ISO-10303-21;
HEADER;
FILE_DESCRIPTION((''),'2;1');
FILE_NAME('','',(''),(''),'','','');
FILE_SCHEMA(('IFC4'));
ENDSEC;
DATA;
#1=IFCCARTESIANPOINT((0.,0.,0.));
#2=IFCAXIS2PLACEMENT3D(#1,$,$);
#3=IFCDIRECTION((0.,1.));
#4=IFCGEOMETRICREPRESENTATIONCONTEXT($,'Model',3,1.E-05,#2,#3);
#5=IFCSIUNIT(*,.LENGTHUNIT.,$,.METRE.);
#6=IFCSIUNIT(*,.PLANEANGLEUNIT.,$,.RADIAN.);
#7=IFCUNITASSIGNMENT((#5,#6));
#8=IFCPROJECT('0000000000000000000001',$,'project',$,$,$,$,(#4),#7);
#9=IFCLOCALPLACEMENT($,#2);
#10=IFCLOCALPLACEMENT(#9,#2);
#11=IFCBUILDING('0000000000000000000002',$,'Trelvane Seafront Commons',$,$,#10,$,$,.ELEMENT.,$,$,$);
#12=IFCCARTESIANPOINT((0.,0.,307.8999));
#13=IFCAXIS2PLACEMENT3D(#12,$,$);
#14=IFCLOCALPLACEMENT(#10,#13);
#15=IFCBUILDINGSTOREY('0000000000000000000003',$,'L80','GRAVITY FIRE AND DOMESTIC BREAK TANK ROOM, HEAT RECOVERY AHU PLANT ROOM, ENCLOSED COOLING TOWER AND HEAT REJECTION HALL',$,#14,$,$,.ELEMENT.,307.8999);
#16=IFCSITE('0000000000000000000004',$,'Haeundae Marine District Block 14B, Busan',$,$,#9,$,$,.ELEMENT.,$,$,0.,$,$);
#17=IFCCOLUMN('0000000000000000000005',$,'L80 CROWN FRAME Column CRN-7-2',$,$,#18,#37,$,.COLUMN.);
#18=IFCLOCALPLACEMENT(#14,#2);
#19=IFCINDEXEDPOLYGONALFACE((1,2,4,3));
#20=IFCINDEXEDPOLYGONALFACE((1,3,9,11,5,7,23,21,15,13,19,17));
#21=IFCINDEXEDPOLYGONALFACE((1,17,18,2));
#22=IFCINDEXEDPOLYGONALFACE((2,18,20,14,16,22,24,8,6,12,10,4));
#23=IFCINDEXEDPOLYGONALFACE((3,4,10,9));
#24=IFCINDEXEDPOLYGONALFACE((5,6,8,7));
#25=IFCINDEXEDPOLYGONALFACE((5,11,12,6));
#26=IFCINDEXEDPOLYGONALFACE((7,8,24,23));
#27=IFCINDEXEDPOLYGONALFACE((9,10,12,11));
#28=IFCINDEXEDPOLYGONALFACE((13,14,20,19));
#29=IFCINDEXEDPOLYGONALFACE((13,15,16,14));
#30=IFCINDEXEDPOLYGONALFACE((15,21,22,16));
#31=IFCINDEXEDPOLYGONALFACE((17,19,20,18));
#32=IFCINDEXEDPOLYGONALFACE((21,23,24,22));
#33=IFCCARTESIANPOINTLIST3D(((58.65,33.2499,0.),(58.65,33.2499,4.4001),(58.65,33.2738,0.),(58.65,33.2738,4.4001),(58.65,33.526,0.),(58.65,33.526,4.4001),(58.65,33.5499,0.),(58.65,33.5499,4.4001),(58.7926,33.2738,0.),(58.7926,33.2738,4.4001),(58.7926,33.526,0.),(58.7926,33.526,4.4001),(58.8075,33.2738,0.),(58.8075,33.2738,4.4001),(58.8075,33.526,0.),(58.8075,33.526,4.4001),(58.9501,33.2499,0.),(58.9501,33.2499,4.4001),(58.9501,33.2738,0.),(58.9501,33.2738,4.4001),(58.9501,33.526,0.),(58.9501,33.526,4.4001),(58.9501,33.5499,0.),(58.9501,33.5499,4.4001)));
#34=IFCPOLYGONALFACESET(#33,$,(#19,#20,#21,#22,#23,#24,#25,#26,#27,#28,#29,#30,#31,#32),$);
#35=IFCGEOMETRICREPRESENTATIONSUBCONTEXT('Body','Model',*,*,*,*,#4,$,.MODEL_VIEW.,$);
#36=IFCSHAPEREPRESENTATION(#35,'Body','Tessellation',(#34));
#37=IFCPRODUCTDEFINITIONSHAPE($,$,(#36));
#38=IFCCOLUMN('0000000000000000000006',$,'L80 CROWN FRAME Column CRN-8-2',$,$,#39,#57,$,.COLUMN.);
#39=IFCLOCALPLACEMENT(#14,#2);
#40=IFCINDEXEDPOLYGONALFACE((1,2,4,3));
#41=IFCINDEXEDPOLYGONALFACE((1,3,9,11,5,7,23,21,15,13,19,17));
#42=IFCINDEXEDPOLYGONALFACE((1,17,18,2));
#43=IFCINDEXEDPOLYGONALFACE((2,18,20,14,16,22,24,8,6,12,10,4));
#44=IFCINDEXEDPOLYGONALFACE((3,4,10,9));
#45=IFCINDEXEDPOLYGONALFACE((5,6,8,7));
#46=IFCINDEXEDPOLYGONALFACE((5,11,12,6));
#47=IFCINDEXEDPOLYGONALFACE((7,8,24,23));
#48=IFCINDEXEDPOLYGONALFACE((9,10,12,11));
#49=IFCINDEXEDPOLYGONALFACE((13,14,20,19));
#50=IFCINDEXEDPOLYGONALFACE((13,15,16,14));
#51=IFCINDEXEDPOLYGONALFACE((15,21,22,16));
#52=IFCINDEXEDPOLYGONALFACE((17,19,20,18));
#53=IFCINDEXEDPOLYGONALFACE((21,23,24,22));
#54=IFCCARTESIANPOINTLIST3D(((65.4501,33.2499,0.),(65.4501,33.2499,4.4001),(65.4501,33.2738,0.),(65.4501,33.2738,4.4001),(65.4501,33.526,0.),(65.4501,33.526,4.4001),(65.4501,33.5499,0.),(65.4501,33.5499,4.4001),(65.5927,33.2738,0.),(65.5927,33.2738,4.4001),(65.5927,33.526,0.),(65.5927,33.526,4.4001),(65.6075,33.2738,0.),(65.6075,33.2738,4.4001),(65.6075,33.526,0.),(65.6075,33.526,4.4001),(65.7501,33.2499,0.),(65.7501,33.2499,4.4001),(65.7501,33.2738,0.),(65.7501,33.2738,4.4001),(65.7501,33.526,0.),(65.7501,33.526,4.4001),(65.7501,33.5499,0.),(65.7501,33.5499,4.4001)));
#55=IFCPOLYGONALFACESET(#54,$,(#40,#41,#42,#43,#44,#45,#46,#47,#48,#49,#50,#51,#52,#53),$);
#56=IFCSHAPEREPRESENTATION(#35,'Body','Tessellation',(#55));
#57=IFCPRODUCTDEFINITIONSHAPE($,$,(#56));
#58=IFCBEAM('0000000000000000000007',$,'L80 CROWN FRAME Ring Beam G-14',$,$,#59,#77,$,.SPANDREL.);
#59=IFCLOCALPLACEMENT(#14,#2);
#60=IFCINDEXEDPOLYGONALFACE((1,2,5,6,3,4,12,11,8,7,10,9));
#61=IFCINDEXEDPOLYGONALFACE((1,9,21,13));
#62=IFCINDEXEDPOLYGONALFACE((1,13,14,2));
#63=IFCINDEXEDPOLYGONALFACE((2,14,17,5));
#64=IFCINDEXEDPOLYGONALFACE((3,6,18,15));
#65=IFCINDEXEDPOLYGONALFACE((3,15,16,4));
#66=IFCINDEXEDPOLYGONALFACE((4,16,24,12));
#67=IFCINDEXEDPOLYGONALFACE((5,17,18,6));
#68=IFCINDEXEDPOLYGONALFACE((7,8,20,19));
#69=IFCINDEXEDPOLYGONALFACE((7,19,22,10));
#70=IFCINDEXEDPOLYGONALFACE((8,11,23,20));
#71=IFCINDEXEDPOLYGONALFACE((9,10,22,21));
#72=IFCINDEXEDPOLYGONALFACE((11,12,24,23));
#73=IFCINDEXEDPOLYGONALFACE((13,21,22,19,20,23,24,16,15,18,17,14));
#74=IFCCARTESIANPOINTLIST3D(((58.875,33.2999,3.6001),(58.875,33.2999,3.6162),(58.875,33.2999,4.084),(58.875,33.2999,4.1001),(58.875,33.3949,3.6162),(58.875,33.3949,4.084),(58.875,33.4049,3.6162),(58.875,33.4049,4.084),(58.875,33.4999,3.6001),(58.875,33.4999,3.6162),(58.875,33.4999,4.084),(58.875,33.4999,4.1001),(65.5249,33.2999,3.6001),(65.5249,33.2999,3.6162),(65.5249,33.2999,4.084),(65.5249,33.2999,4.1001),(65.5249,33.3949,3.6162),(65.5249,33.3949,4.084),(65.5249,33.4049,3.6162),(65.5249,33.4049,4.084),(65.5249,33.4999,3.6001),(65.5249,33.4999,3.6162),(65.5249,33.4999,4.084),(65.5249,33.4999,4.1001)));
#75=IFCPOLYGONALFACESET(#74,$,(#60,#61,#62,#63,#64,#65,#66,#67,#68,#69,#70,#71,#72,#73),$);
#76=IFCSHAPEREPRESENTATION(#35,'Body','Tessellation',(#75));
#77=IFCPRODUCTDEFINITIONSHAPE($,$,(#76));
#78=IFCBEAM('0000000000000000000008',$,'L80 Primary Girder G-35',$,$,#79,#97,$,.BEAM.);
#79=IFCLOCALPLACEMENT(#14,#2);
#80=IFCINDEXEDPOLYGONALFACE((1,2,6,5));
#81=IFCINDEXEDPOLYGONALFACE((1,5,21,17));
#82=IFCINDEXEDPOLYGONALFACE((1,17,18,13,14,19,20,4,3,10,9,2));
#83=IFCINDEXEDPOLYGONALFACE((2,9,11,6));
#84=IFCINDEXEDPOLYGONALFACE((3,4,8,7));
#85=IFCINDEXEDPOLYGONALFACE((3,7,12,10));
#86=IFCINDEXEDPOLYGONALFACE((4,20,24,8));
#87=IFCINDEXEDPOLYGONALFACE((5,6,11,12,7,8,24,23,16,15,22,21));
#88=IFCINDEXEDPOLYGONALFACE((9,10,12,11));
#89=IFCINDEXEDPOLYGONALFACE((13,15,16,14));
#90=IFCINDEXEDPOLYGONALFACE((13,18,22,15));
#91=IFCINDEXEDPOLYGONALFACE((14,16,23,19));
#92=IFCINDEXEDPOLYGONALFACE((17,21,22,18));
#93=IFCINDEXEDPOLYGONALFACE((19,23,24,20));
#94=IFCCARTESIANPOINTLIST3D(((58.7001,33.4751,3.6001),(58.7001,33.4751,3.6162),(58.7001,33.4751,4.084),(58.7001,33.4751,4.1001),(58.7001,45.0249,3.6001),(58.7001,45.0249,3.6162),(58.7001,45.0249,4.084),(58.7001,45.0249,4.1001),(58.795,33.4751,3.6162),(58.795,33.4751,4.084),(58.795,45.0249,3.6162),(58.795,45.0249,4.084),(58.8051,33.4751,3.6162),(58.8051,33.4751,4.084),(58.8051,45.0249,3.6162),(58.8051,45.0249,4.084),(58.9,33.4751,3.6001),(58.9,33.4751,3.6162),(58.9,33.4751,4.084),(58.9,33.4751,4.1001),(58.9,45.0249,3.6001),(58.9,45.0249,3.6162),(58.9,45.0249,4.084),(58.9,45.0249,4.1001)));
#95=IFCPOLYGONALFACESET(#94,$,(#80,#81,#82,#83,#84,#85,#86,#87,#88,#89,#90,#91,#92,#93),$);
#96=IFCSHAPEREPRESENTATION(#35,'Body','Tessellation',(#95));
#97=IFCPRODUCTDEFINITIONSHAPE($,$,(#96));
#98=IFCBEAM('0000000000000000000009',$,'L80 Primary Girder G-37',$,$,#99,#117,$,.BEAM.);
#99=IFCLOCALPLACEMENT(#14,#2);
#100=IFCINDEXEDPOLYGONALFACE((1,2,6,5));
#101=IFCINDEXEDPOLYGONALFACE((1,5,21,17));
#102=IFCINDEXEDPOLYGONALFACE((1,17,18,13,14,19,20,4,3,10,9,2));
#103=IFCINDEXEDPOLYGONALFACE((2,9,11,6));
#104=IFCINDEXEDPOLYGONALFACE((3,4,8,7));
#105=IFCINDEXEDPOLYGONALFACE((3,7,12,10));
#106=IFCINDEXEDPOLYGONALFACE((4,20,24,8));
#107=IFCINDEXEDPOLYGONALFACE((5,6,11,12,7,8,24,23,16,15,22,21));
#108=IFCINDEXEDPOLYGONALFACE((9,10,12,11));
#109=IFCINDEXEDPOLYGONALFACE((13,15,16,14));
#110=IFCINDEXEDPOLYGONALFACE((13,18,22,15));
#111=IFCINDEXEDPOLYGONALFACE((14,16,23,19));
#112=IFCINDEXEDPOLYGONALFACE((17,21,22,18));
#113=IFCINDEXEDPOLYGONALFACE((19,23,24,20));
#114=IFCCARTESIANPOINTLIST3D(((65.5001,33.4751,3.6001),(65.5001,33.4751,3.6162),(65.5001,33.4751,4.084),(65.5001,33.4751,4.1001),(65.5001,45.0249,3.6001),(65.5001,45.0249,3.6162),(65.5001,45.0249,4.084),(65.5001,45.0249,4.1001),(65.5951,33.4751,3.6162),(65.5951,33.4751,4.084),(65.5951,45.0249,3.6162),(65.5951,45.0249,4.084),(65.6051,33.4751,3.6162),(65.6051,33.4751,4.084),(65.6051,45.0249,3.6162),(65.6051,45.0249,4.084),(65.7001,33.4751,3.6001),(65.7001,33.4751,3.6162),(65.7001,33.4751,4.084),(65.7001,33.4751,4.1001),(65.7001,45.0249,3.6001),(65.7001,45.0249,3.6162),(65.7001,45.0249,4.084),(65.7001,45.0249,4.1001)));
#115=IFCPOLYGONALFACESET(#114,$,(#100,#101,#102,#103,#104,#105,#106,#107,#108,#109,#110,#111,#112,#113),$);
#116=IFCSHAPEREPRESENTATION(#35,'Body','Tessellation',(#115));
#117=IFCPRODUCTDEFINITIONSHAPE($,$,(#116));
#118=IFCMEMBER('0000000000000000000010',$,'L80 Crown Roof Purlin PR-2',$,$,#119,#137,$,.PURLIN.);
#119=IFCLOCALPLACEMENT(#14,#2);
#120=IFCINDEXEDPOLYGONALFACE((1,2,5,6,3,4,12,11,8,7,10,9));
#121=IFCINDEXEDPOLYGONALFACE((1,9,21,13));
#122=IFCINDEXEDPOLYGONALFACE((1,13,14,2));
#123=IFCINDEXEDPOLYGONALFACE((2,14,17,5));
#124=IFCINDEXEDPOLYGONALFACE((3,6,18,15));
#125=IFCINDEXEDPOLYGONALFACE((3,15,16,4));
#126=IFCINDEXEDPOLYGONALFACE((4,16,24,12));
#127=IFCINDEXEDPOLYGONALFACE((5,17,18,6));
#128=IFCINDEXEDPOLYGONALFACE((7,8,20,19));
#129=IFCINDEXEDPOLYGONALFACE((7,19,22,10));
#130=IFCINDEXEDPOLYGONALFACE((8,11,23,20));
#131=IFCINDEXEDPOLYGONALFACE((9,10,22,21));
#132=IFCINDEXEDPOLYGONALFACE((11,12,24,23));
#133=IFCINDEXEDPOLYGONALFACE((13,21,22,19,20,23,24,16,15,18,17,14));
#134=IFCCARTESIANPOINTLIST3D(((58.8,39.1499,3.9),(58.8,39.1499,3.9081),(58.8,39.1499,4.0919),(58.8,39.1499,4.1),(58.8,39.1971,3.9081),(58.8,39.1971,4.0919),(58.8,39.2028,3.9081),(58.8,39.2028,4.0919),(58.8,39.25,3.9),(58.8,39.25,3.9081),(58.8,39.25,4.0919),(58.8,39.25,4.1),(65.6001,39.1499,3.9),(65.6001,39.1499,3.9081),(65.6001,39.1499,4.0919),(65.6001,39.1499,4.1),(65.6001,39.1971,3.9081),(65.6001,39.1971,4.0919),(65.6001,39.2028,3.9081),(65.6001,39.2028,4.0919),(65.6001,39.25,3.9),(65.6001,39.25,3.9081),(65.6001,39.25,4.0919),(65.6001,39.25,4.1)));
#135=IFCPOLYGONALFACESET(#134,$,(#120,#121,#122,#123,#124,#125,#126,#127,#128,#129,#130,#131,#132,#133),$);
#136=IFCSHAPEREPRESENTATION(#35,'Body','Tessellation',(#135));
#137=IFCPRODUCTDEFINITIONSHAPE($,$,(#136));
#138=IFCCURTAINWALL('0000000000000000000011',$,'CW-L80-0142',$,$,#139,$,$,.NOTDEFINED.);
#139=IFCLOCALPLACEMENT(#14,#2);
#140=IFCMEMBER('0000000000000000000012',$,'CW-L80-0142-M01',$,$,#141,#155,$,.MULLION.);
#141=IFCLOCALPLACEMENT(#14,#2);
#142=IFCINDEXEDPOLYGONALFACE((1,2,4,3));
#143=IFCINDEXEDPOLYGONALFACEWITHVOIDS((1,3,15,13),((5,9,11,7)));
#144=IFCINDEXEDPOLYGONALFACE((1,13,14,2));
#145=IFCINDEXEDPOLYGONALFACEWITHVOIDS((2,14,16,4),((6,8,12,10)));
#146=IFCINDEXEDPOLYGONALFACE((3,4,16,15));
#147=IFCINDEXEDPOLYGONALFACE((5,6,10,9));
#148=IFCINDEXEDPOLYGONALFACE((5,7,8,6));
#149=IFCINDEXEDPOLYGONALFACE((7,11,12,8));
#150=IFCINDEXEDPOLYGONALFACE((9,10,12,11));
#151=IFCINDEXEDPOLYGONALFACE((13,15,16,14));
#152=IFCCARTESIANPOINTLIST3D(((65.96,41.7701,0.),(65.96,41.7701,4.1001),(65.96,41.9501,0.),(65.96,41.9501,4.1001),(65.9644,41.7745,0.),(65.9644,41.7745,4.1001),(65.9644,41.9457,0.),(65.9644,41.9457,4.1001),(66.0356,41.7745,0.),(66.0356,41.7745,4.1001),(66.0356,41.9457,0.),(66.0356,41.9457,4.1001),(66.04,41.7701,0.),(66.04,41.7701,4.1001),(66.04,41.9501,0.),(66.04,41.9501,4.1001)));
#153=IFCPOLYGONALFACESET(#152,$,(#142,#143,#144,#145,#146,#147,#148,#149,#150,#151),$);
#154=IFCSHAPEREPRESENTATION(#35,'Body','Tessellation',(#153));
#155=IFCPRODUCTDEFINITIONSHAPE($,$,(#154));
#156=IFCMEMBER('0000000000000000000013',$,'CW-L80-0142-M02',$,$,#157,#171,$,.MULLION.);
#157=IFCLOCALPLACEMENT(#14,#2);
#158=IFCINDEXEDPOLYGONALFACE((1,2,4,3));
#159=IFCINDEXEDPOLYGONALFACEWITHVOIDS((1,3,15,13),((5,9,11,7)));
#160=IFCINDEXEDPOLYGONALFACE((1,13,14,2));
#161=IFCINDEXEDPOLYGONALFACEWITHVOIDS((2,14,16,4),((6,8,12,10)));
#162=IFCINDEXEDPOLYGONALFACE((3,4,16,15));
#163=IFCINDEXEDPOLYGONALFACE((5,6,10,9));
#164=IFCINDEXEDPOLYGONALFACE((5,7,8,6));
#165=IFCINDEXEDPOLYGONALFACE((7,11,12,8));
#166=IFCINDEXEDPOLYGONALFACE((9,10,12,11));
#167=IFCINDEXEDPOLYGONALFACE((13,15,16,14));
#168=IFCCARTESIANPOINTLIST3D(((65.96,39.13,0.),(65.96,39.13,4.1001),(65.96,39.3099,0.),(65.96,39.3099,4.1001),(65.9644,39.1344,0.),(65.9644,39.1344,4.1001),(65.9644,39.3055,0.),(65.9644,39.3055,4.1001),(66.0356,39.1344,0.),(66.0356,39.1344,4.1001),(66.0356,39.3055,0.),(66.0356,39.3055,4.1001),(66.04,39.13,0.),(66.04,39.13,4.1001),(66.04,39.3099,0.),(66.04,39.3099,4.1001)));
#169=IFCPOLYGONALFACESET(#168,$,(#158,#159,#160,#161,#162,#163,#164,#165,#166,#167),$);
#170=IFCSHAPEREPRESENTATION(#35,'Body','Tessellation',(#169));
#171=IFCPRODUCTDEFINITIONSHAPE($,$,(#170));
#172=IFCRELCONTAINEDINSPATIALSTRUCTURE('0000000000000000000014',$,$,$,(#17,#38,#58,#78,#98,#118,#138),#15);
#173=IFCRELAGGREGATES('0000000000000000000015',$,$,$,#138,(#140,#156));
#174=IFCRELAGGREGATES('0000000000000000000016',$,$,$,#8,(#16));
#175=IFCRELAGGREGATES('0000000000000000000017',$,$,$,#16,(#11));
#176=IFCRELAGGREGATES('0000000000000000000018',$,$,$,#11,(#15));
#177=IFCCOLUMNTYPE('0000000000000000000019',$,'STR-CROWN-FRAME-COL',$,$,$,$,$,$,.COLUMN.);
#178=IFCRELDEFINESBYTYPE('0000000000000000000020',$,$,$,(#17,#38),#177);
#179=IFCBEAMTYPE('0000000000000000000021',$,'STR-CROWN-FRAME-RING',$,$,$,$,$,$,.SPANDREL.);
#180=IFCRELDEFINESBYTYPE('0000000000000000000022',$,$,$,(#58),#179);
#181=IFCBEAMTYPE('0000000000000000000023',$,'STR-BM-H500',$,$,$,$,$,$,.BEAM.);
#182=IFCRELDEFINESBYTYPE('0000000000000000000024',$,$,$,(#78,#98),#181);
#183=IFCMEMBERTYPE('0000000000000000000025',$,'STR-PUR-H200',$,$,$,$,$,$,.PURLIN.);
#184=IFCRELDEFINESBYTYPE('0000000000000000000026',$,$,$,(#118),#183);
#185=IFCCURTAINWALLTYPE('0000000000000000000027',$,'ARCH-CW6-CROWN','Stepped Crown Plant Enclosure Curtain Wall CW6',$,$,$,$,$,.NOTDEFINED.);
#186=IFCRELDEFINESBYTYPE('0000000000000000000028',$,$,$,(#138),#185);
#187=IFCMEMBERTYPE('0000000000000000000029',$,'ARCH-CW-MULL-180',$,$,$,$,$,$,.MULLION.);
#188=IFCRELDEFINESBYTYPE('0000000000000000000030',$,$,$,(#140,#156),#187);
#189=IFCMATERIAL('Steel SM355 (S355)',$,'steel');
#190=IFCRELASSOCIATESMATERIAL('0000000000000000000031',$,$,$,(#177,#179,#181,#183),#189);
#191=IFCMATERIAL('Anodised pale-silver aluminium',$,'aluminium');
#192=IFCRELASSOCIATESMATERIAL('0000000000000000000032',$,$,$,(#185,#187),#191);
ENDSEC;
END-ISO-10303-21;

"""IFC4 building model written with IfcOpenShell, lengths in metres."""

from ifc_helpers import new_model, si_unit, direction, frame, origin, origin_2d, place, context, subcontext, project, spatial, hollow_rectangle, i_section, extrude, source, transform, mapped, material, material_profile, profile_set, type_object, element, aggregate, save


model = new_model("IFC4")

# Units and contexts
model_context = context("Model", 3, precision=1e-05, world=origin(), true_north=direction((0.0, 1.0)))
body_context = subcontext(model_context, "Body", "Model", "MODEL_VIEW")
ifc_project = project(units=[si_unit("LENGTHUNIT", "METRE"), si_unit("PLANEANGLEUNIT", "RADIAN")], contexts=[model_context])

# Site, building, storey
site_placement = place(None, origin())
site = spatial("IfcSite", under=ifc_project, at=site_placement, Name="Haeundae Marine District Block 14B, Busan", CompositionType="ELEMENT", RefElevation=0.0)
building_placement = place(site_placement, origin())
building = spatial("IfcBuilding", under=site, at=building_placement, Name="Trelvane Seafront Commons", CompositionType="ELEMENT")
storey_placement = place(building_placement, frame((0.0, 0.0, 307.8999)))
storey = spatial("IfcBuildingStorey", under=building, at=storey_placement, Name="L80", Description="GRAVITY FIRE AND DOMESTIC BREAK TANK ROOM, HEAT RECOVERY AHU PLANT ROOM, ENCLOSED COOLING TOWER AND HEAT REJECTION HALL", CompositionType="ELEMENT", Elevation=307.8999)

# Columns
ifc_material_1 = material(Name="Steel SM355 (S355)", Category="steel")
ifc_material_profile_1 = material_profile(ifc_material_1, i_section(OverallWidth=0.3, OverallDepth=0.3, WebThickness=0.0149, FlangeThickness=0.0239, at=origin_2d()), Name="HD-300x300x15x24")
ifc_profile_set_1 = profile_set([ifc_material_profile_1], Name="Steel SM355 (S355)")
column_type = type_object("IfcColumnType", Name="STR-CROWN-FRAME-COL", PredefinedType="COLUMN", material=ifc_profile_set_1)
shared_shape_1 = source(origin(), body_context, "Body", "SweptSolid", [
    extrude(i_section(OverallWidth=0.3, OverallDepth=0.3, WebThickness=0.0149, FlangeThickness=0.0239, at=origin_2d()), origin(), (0.0, 0.0, 1.0), 4.4001),
])
for number, where, z_axis, x_axis, name in (
    (1, (58.8, 33.3999, 0.0), (0.0, 0.0, 1.0), (1.0, 0.0, 0.0), "L80 CROWN FRAME Column CRN-7-2"),
    (2, (65.6001, 33.3999, 0.0), (0.0, 0.0, 1.0), (1.0, 0.0, 0.0), "L80 CROWN FRAME Column CRN-8-2"),
):
    element("IfcColumn", number, at=place(storey_placement, frame(where, z_axis=z_axis, x_axis=x_axis)), inside=storey, type_object=column_type, Name=name, PredefinedType="COLUMN", context=body_context, shape_type="MappedRepresentation", body=[
        mapped(shared_shape_1, transform((0.0, 0.0, 0.0), x_axis=(1.0, 0.0, 0.0), y_axis=(0.0, 1.0, 0.0), z_axis=(0.0, 0.0, 1.0), scale=1.0)),
    ])

# Beams
ifc_material_profile_2 = material_profile(ifc_material_1, i_section(OverallWidth=0.2, OverallDepth=0.5, WebThickness=0.01, FlangeThickness=0.0161, at=origin_2d()), Name="H-500x200x10x16")
ifc_profile_set_2 = profile_set([ifc_material_profile_2], Name="Steel SM355 (S355)")
beam_type_1 = type_object("IfcBeamType", Name="STR-CROWN-FRAME-RING", PredefinedType="SPANDREL", material=ifc_profile_set_2)
shared_shape_2 = source(origin(), body_context, "Body", "SweptSolid", [
    extrude(i_section(OverallWidth=0.2, OverallDepth=0.5, WebThickness=0.01, FlangeThickness=0.0161, at=origin_2d()), origin(), (0.0, 0.0, 1.0), 6.6499),
])
beam_placement = place(storey_placement, frame((58.875, 33.3999, 3.8501), z_axis=(1.0, 0.0, 0.0), x_axis=(0.0, 1.0, 0.0)))
element("IfcBeam", 3, at=beam_placement, inside=storey, type_object=beam_type_1, Name="L80 CROWN FRAME Ring Beam G-14", PredefinedType="SPANDREL", context=body_context, shape_type="MappedRepresentation", body=[
    mapped(shared_shape_2, transform((0.0, 0.0, 0.0), x_axis=(1.0, 0.0, 0.0), y_axis=(0.0, 1.0, 0.0), z_axis=(0.0, 0.0, 1.0), scale=1.0)),
])
ifc_material_profile_3 = material_profile(ifc_material_1, i_section(OverallWidth=0.2, OverallDepth=0.5, WebThickness=0.01, FlangeThickness=0.0161, at=origin_2d()), Name="H-500x200x10x16")
ifc_profile_set_3 = profile_set([ifc_material_profile_3], Name="Steel SM355 (S355)")
beam_type_2 = type_object("IfcBeamType", Name="STR-BM-H500", PredefinedType="BEAM", material=ifc_profile_set_3)
shared_shape_3 = source(origin(), body_context, "Body", "SweptSolid", [
    extrude(i_section(OverallWidth=0.2, OverallDepth=0.5, WebThickness=0.01, FlangeThickness=0.0161, at=origin_2d()), origin(), (0.0, 0.0, 1.0), 11.5498),
])
for number, where, z_axis, x_axis, name in (
    (4, (58.8, 33.4751, 3.8501), (0.0, 1.0, 0.0), (-1.0, 0.0, 0.0), "L80 Primary Girder G-35"),
    (5, (65.6001, 33.4751, 3.8501), (0.0, 1.0, 0.0), (-1.0, 0.0, 0.0), "L80 Primary Girder G-37"),
):
    element("IfcBeam", number, at=place(storey_placement, frame(where, z_axis=z_axis, x_axis=x_axis)), inside=storey, type_object=beam_type_2, Name=name, PredefinedType="BEAM", context=body_context, shape_type="MappedRepresentation", body=[
        mapped(shared_shape_3, transform((0.0, 0.0, 0.0), x_axis=(1.0, 0.0, 0.0), y_axis=(0.0, 1.0, 0.0), z_axis=(0.0, 0.0, 1.0), scale=1.0)),
    ])

# Member
ifc_material_profile_4 = material_profile(ifc_material_1, i_section(OverallWidth=0.1001, OverallDepth=0.2, WebThickness=0.0056, FlangeThickness=0.0081, at=origin_2d()), Name="H-200x100x5.5x8")
ifc_profile_set_4 = profile_set([ifc_material_profile_4], Name="Steel SM355 (S355)")
member_type_1 = type_object("IfcMemberType", Name="STR-PUR-H200", PredefinedType="PURLIN", material=ifc_profile_set_4)
shared_shape_4 = source(origin(), body_context, "Body", "SweptSolid", [
    extrude(i_section(OverallWidth=0.1001, OverallDepth=0.2, WebThickness=0.0056, FlangeThickness=0.0081, at=origin_2d()), origin(), (0.0, 0.0, 1.0), 6.8),
])
member_1_placement = place(storey_placement, frame((58.8, 39.2, 4.0), z_axis=(1.0, 0.0, 0.0), x_axis=(0.0, 1.0, 0.0)))
element("IfcMember", 6, at=member_1_placement, inside=storey, type_object=member_type_1, Name="L80 Crown Roof Purlin PR-2", PredefinedType="PURLIN", context=body_context, shape_type="MappedRepresentation", body=[
    mapped(shared_shape_4, transform((0.0, 0.0, 0.0), x_axis=(1.0, 0.0, 0.0), y_axis=(0.0, 1.0, 0.0), z_axis=(0.0, 0.0, 1.0), scale=1.0)),
])

# Curtain wall, members
ifc_material_2 = material(Name="Anodised pale-silver aluminium", Category="aluminium")
curtain_wall_type = type_object("IfcCurtainWallType", Name="ARCH-CW6-CROWN", Description="Stepped Crown Plant Enclosure Curtain Wall CW6", PredefinedType="NOTDEFINED", material=ifc_material_2)
curtain_wall_placement = place(storey_placement, origin())
curtain_wall = element("IfcCurtainWall", 7, at=curtain_wall_placement, inside=storey, type_object=curtain_wall_type, Name="CW-L80-0142", PredefinedType="NOTDEFINED")
ifc_material_profile_5 = material_profile(ifc_material_2, hollow_rectangle(XDim=0.0801, YDim=0.1799, WallThickness=0.0044, at=origin_2d()), Name="MULL-80x180x4.5")
ifc_profile_set_5 = profile_set([ifc_material_profile_5], Name="Anodised pale-silver aluminium")
member_type_2 = type_object("IfcMemberType", Name="ARCH-CW-MULL-180", PredefinedType="MULLION", material=ifc_profile_set_5)
shared_shape_5 = source(origin(), body_context, "Body", "SweptSolid", [
    extrude(hollow_rectangle(XDim=0.0801, YDim=0.1799, WallThickness=0.0044, at=origin_2d()), origin(), (0.0, 0.0, 1.0), 4.1001),
])
member_2_placement = place(storey_placement, frame((66.0, 41.8601, 0.0), z_axis=(0.0, 0.0, 1.0), x_axis=(1.0, 0.0, 0.0)))
member_2 = element("IfcMember", 8, at=member_2_placement, type_object=member_type_2, Name="CW-L80-0142-M01", PredefinedType="MULLION", context=body_context, shape_type="MappedRepresentation", body=[
    mapped(shared_shape_5, transform((0.0, 0.0, 0.0), x_axis=(1.0, 0.0, 0.0), y_axis=(0.0, 1.0, 0.0), z_axis=(0.0, 0.0, 1.0), scale=1.0)),
])
member_3_placement = place(storey_placement, frame((66.0, 39.22, 0.0), z_axis=(0.0, 0.0, 1.0), x_axis=(1.0, 0.0, 0.0)))
member_3 = element("IfcMember", 9, at=member_3_placement, type_object=member_type_2, Name="CW-L80-0142-M02", PredefinedType="MULLION", context=body_context, shape_type="MappedRepresentation", body=[
    mapped(shared_shape_5, transform((0.0, 0.0, 0.0), x_axis=(1.0, 0.0, 0.0), y_axis=(0.0, 1.0, 0.0), z_axis=(0.0, 0.0, 1.0), scale=1.0)),
])

aggregate(curtain_wall, [member_2, member_3])

save(model, "model.ifc")
